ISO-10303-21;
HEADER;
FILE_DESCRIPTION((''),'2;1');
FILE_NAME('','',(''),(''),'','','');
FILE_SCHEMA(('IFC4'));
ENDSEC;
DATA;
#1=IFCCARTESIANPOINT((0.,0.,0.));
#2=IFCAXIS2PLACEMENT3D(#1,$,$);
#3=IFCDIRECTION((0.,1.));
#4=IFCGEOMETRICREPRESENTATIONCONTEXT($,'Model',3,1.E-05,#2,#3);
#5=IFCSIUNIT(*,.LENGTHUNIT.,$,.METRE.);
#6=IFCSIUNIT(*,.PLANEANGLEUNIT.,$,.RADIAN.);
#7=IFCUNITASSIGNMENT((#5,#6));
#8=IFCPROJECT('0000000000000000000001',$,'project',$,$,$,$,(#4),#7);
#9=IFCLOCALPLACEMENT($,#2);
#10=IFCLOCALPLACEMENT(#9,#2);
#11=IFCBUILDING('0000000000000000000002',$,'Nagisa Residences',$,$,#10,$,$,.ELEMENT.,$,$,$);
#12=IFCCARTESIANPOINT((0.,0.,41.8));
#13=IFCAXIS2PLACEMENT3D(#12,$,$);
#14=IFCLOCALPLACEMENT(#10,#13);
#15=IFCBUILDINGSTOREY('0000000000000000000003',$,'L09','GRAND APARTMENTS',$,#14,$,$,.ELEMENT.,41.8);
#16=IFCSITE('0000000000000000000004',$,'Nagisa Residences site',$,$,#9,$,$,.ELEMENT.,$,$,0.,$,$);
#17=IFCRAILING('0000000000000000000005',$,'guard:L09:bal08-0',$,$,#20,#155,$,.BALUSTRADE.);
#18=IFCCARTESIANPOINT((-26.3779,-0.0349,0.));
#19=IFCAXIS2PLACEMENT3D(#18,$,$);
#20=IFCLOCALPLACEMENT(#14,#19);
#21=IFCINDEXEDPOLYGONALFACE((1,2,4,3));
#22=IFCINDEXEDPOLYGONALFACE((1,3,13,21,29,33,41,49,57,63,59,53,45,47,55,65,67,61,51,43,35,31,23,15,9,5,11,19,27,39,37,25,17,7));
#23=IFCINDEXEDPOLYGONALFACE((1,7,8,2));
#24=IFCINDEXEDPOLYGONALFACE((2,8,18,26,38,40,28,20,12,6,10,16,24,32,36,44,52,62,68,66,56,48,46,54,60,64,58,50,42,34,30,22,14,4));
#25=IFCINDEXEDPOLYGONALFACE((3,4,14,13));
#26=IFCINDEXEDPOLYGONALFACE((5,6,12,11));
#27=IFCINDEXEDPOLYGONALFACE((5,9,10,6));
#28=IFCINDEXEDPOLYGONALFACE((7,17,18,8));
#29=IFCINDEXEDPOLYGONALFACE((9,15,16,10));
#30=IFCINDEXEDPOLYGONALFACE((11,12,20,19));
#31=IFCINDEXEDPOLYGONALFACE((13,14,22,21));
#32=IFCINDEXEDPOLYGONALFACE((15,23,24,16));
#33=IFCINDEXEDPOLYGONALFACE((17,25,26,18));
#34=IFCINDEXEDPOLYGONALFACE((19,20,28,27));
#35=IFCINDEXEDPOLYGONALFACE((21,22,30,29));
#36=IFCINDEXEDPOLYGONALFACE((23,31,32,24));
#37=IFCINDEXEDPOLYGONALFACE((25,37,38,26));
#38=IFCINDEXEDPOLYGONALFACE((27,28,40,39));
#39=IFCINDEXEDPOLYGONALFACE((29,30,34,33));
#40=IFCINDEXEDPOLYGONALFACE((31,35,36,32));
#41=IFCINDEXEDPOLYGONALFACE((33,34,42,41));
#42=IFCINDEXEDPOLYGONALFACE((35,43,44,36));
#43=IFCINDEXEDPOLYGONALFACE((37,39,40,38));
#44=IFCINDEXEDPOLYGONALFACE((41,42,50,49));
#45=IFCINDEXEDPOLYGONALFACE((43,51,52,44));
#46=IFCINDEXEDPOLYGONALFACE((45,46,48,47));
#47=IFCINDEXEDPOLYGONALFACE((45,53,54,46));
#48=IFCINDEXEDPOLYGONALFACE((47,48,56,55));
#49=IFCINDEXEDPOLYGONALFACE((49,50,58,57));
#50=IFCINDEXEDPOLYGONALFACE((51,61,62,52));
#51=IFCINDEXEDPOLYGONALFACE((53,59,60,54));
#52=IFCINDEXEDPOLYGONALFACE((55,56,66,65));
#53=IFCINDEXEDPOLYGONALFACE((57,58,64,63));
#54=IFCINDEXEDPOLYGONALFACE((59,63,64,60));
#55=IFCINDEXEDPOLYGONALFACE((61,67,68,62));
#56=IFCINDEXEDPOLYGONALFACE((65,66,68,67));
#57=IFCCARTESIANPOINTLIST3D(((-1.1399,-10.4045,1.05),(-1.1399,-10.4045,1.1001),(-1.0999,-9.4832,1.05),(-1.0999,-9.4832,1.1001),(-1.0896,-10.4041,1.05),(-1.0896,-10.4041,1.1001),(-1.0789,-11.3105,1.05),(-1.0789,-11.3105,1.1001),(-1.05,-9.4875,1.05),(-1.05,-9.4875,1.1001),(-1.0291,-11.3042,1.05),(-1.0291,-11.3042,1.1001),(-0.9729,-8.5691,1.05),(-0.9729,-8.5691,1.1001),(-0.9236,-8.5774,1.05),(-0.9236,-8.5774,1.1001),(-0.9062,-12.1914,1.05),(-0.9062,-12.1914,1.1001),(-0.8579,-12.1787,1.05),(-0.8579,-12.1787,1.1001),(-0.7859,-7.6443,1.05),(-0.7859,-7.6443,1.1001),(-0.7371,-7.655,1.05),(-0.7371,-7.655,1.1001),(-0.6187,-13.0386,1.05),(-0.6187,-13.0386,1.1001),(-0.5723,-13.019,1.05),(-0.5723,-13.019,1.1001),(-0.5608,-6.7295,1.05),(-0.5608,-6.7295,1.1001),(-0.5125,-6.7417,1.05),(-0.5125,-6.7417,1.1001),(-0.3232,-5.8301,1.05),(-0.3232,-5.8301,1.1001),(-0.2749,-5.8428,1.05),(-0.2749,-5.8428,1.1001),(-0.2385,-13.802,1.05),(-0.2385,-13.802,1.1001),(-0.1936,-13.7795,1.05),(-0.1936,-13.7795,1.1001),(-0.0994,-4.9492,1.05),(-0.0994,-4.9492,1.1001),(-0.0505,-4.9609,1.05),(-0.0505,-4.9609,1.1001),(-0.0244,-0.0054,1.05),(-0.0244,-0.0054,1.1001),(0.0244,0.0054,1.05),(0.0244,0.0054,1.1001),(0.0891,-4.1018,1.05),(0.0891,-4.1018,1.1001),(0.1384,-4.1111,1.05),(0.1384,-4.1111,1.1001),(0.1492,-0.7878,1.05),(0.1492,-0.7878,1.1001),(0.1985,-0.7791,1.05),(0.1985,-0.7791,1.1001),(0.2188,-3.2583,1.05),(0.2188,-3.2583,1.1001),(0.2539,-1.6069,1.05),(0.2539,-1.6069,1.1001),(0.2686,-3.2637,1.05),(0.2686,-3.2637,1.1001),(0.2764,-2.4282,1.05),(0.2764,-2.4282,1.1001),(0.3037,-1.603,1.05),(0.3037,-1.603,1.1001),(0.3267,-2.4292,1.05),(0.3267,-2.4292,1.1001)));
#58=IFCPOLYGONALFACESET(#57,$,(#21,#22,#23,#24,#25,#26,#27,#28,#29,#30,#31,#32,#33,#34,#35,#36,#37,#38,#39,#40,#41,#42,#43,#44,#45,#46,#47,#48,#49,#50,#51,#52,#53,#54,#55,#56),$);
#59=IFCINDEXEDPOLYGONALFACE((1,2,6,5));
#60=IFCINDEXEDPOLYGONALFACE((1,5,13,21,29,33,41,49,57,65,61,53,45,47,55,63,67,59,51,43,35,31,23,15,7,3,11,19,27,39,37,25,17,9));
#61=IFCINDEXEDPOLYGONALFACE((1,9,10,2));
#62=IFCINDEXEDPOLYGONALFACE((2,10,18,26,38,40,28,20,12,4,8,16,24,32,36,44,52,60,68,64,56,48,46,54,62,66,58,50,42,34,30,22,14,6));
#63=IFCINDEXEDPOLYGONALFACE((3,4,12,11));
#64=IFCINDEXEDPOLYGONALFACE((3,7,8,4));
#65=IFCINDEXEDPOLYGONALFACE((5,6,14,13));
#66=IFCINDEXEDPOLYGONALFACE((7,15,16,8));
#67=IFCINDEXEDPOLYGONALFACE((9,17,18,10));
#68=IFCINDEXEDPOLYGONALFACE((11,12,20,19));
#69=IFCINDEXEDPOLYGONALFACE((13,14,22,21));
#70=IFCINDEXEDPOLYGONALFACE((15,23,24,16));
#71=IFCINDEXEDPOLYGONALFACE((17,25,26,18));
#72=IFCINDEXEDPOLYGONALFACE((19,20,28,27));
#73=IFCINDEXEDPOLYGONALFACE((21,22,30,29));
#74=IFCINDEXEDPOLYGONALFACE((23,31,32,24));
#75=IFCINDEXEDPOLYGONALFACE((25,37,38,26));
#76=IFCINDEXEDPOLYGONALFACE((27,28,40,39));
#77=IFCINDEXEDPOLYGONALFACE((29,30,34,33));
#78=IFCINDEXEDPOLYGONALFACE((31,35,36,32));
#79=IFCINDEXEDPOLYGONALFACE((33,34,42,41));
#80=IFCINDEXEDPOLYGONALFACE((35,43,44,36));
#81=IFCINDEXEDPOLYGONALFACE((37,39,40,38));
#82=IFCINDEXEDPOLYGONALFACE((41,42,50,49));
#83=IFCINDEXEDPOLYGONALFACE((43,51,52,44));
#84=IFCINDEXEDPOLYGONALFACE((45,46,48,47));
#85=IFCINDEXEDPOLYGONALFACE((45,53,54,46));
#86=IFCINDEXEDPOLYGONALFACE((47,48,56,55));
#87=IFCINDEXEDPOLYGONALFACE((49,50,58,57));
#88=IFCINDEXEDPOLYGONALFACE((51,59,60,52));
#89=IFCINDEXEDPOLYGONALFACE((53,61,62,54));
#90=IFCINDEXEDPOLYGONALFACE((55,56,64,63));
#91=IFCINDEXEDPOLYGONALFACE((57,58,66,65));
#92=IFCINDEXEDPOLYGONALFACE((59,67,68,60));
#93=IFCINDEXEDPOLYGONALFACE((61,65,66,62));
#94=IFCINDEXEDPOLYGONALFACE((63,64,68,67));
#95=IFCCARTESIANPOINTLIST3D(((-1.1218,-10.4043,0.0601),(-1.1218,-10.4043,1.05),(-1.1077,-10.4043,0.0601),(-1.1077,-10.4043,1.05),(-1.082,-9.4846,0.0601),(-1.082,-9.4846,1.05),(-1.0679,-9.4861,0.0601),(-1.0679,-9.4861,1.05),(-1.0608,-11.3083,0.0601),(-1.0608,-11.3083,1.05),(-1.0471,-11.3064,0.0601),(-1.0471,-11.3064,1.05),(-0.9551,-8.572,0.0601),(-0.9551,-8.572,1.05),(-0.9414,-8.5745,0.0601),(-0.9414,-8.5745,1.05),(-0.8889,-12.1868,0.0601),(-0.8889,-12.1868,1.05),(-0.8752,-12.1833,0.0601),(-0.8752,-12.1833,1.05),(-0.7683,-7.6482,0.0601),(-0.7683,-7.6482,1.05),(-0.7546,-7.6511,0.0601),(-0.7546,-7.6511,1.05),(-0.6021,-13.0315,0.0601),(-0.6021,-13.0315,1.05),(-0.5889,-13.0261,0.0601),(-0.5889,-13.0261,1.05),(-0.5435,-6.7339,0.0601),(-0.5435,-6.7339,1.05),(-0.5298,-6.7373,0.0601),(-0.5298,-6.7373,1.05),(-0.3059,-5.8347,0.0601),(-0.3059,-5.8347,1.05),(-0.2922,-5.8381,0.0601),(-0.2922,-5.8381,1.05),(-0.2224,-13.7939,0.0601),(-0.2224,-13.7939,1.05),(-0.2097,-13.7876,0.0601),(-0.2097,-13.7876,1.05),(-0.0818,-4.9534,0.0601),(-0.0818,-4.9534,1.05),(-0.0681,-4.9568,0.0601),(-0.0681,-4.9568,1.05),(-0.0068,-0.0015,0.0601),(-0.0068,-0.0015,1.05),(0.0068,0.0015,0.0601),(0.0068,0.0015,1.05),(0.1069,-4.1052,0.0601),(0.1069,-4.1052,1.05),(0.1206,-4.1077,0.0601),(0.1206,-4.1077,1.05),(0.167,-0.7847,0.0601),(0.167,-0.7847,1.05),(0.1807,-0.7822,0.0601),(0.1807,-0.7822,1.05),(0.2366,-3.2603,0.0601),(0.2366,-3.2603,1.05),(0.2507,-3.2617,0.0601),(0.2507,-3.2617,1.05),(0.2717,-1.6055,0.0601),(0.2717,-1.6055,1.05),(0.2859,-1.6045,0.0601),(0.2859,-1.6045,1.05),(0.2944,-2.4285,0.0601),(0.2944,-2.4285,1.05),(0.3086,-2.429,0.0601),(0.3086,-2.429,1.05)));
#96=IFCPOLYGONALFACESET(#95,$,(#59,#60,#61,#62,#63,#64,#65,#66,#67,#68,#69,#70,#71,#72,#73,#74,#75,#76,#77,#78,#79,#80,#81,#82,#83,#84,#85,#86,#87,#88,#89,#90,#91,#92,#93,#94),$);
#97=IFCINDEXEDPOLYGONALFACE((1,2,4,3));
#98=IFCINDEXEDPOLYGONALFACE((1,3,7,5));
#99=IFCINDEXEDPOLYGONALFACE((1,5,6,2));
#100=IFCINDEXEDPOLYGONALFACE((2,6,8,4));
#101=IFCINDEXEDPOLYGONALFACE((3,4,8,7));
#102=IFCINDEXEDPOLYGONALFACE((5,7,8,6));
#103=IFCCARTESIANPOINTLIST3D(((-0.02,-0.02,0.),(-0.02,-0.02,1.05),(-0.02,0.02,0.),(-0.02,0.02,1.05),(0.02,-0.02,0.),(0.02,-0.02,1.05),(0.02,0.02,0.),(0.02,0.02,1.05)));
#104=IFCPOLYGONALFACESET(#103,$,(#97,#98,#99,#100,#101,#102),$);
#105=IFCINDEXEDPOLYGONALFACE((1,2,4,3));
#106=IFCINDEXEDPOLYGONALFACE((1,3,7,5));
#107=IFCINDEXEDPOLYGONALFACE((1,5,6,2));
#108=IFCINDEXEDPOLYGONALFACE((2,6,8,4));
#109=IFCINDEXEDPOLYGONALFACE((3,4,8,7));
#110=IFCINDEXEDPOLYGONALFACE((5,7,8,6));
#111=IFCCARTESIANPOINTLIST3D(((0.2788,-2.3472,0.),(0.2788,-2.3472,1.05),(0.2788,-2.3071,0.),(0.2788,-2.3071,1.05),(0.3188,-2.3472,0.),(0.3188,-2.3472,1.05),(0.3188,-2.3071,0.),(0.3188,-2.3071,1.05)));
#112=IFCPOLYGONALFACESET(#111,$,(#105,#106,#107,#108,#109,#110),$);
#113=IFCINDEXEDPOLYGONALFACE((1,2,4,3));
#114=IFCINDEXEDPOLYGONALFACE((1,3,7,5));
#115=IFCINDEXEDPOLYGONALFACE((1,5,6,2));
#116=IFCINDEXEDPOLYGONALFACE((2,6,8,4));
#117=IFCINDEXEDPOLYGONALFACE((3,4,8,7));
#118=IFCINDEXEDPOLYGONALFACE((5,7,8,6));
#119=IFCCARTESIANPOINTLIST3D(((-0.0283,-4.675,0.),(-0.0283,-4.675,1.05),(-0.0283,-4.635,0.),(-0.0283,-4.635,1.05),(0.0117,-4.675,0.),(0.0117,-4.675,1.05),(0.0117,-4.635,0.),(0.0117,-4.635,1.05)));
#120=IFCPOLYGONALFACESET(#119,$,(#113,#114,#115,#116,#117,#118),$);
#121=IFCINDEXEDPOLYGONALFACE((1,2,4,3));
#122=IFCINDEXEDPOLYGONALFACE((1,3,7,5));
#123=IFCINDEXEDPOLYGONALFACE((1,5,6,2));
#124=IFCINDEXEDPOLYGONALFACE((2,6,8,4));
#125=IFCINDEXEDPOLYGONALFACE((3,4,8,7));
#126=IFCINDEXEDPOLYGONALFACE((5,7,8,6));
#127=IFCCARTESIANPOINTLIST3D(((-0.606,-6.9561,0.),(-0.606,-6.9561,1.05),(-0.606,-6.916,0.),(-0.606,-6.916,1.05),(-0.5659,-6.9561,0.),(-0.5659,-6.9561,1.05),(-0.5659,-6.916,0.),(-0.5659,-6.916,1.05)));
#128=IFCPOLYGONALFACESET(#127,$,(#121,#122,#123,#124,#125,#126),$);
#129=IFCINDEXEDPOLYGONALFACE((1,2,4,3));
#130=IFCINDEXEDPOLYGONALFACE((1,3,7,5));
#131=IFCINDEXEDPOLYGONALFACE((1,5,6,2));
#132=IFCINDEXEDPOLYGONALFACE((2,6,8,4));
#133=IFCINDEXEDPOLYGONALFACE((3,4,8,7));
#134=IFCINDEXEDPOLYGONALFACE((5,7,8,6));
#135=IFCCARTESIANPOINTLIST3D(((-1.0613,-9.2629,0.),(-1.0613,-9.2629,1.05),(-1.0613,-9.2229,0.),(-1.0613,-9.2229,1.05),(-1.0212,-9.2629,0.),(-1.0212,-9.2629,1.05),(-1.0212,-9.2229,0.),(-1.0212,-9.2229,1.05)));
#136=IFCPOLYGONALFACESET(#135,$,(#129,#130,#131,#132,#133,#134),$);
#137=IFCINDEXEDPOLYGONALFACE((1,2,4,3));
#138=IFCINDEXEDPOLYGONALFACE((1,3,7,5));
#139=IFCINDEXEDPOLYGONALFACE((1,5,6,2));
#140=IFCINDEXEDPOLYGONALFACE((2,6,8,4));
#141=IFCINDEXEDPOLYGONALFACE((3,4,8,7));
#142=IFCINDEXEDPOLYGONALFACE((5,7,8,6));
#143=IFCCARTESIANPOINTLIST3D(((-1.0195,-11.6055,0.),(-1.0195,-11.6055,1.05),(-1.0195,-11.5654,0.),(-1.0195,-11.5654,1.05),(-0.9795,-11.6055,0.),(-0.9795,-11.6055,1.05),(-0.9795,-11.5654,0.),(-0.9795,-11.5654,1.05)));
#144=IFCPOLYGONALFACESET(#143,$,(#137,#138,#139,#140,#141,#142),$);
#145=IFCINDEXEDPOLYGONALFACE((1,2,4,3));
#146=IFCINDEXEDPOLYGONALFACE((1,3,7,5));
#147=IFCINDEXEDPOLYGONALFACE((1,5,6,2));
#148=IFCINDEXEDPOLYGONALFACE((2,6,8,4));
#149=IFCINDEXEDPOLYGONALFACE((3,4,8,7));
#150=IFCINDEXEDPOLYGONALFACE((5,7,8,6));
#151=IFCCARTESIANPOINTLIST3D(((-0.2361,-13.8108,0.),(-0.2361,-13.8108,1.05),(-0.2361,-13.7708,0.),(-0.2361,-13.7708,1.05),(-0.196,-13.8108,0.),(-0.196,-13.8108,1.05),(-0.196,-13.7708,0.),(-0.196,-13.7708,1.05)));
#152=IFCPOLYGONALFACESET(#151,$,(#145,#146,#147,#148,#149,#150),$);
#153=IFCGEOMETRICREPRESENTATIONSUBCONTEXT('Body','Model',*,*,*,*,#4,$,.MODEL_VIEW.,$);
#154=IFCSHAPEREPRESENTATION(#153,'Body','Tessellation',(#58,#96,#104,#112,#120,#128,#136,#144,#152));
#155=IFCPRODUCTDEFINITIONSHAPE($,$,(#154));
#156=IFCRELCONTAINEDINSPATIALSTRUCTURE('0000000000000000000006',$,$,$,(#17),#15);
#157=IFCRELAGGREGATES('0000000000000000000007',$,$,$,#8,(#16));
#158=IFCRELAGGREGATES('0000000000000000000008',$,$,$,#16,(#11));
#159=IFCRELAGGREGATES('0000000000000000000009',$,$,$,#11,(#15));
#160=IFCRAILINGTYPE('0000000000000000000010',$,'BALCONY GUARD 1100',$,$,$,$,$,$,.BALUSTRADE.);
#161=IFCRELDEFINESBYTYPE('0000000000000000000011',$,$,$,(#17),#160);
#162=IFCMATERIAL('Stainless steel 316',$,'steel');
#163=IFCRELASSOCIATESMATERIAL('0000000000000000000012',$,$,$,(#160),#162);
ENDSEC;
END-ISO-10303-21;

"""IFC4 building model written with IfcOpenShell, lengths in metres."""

from ifc_helpers import new_model, si_unit, direction, frame, origin, origin_2d, place, context, subcontext, project, spatial, polyline, rectangle, outline, extrude, material, type_object, element, save


model = new_model("IFC4")

# Units and contexts
model_context = context("Model", 3, precision=1e-05, world=origin(), true_north=direction((0.0, 1.0)))
body_context = subcontext(model_context, "Body", "Model", "MODEL_VIEW")
ifc_project = project(units=[si_unit("LENGTHUNIT", "METRE"), si_unit("PLANEANGLEUNIT", "RADIAN")], contexts=[model_context])

# Site, building, storey
site_placement = place(None, origin())
site = spatial("IfcSite", under=ifc_project, at=site_placement, Name="Nagisa Residences site", CompositionType="ELEMENT", RefElevation=0.0)
building_placement = place(site_placement, origin())
building = spatial("IfcBuilding", under=site, at=building_placement, Name="Nagisa Residences", CompositionType="ELEMENT")
storey_placement = place(building_placement, frame((0.0, 0.0, 41.8)))
storey = spatial("IfcBuildingStorey", under=building, at=storey_placement, Name="L09", Description="GRAND APARTMENTS", CompositionType="ELEMENT", Elevation=41.8)

# Railing
ifc_material_1 = material(Name="Stainless steel 316", Category="steel")
railing_type = type_object("IfcRailingType", Name="BALCONY GUARD 1100", PredefinedType="BALUSTRADE", material=ifc_material_1)
railing_placement = place(storey_placement, frame((-26.3779, -0.0349, 0.0)))
element("IfcRailing", 1, at=railing_placement, inside=storey, type_object=railing_type, Name="guard:L09:bal08-0", PredefinedType="BALUSTRADE", context=body_context, shape_type="SweptSolid", body=[
    extrude(outline(polyline([(0.1985, -0.7791), (0.0244, 0.0054), (-0.0244, -0.0054), (0.1492, -0.7878), (0.2539, -1.6069), (0.2764, -2.4282), (0.2188, -3.2583), (0.0891, -4.1018), (-0.0994, -4.9492), (-0.3232, -5.8301), (-0.5608, -6.7295), (-0.7859, -7.6443), (-0.9729, -8.5691), (-1.0999, -9.4832), (-1.1399, -10.4045), (-1.0789, -11.3105), (-0.9062, -12.1914), (-0.6187, -13.0386), (-0.2385, -13.802), (-0.1936, -13.7795), (-0.5723, -13.019), (-0.8579, -12.1787), (-1.0291, -11.3042), (-1.0896, -10.4041), (-1.05, -9.4875), (-0.9236, -8.5774), (-0.7371, -7.655), (-0.5125, -6.7417), (-0.2749, -5.8428), (-0.0505, -4.9609), (0.1384, -4.1111), (0.2686, -3.2637), (0.3267, -2.4292), (0.3037, -1.603), (0.1985, -0.7791)])), frame((0.0, 0.0, 1.05)), (0.0, 0.0, 1.0), 0.05),
    extrude(outline(polyline([(0.1807, -0.7822), (0.0068, 0.0015), (-0.0068, -0.0015), (0.167, -0.7847), (0.2717, -1.6055), (0.2944, -2.4285), (0.2366, -3.2603), (0.1069, -4.1052), (-0.0818, -4.9534), (-0.3059, -5.8347), (-0.5435, -6.7339), (-0.7683, -7.6482), (-0.9551, -8.572), (-1.082, -9.4846), (-1.1218, -10.4043), (-1.0608, -11.3083), (-0.8889, -12.1868), (-0.6021, -13.0315), (-0.2224, -13.7939), (-0.2097, -13.7876), (-0.5889, -13.0261), (-0.8752, -12.1833), (-1.0471, -11.3064), (-1.1077, -10.4043), (-1.0679, -9.4861), (-0.9414, -8.5745), (-0.7546, -7.6511), (-0.5298, -6.7373), (-0.2922, -5.8381), (-0.0681, -4.9568), (0.1206, -4.1077), (0.2507, -3.2617), (0.3086, -2.429), (0.2859, -1.6045), (0.1807, -0.7822)])), frame((0.0, 0.0, 0.0601)), (0.0, 0.0, 1.0), 0.99),
    extrude(rectangle(XDim=0.04, YDim=0.04, at=origin_2d()), origin(), (0.0, 0.0, 1.0), 1.05),
    extrude(rectangle(XDim=0.04, YDim=0.04, at=origin_2d()), frame((0.2988, -2.3271, 0.0)), (0.0, 0.0, 1.0), 1.05),
    extrude(rectangle(XDim=0.04, YDim=0.04, at=origin_2d()), frame((-0.0083, -4.655, 0.0)), (0.0, 0.0, 1.0), 1.05),
    extrude(rectangle(XDim=0.04, YDim=0.04, at=origin_2d()), frame((-0.5859, -6.936, 0.0)), (0.0, 0.0, 1.0), 1.05),
    extrude(rectangle(XDim=0.04, YDim=0.04, at=origin_2d()), frame((-1.0413, -9.2429, 0.0)), (0.0, 0.0, 1.0), 1.05),
    extrude(rectangle(XDim=0.04, YDim=0.04, at=origin_2d()), frame((-0.9995, -11.5854, 0.0)), (0.0, 0.0, 1.0), 1.05),
    extrude(rectangle(XDim=0.04, YDim=0.04, at=origin_2d()), frame((-0.2161, -13.7908, 0.0)), (0.0, 0.0, 1.0), 1.05),
])

save(model, "model.ifc")
